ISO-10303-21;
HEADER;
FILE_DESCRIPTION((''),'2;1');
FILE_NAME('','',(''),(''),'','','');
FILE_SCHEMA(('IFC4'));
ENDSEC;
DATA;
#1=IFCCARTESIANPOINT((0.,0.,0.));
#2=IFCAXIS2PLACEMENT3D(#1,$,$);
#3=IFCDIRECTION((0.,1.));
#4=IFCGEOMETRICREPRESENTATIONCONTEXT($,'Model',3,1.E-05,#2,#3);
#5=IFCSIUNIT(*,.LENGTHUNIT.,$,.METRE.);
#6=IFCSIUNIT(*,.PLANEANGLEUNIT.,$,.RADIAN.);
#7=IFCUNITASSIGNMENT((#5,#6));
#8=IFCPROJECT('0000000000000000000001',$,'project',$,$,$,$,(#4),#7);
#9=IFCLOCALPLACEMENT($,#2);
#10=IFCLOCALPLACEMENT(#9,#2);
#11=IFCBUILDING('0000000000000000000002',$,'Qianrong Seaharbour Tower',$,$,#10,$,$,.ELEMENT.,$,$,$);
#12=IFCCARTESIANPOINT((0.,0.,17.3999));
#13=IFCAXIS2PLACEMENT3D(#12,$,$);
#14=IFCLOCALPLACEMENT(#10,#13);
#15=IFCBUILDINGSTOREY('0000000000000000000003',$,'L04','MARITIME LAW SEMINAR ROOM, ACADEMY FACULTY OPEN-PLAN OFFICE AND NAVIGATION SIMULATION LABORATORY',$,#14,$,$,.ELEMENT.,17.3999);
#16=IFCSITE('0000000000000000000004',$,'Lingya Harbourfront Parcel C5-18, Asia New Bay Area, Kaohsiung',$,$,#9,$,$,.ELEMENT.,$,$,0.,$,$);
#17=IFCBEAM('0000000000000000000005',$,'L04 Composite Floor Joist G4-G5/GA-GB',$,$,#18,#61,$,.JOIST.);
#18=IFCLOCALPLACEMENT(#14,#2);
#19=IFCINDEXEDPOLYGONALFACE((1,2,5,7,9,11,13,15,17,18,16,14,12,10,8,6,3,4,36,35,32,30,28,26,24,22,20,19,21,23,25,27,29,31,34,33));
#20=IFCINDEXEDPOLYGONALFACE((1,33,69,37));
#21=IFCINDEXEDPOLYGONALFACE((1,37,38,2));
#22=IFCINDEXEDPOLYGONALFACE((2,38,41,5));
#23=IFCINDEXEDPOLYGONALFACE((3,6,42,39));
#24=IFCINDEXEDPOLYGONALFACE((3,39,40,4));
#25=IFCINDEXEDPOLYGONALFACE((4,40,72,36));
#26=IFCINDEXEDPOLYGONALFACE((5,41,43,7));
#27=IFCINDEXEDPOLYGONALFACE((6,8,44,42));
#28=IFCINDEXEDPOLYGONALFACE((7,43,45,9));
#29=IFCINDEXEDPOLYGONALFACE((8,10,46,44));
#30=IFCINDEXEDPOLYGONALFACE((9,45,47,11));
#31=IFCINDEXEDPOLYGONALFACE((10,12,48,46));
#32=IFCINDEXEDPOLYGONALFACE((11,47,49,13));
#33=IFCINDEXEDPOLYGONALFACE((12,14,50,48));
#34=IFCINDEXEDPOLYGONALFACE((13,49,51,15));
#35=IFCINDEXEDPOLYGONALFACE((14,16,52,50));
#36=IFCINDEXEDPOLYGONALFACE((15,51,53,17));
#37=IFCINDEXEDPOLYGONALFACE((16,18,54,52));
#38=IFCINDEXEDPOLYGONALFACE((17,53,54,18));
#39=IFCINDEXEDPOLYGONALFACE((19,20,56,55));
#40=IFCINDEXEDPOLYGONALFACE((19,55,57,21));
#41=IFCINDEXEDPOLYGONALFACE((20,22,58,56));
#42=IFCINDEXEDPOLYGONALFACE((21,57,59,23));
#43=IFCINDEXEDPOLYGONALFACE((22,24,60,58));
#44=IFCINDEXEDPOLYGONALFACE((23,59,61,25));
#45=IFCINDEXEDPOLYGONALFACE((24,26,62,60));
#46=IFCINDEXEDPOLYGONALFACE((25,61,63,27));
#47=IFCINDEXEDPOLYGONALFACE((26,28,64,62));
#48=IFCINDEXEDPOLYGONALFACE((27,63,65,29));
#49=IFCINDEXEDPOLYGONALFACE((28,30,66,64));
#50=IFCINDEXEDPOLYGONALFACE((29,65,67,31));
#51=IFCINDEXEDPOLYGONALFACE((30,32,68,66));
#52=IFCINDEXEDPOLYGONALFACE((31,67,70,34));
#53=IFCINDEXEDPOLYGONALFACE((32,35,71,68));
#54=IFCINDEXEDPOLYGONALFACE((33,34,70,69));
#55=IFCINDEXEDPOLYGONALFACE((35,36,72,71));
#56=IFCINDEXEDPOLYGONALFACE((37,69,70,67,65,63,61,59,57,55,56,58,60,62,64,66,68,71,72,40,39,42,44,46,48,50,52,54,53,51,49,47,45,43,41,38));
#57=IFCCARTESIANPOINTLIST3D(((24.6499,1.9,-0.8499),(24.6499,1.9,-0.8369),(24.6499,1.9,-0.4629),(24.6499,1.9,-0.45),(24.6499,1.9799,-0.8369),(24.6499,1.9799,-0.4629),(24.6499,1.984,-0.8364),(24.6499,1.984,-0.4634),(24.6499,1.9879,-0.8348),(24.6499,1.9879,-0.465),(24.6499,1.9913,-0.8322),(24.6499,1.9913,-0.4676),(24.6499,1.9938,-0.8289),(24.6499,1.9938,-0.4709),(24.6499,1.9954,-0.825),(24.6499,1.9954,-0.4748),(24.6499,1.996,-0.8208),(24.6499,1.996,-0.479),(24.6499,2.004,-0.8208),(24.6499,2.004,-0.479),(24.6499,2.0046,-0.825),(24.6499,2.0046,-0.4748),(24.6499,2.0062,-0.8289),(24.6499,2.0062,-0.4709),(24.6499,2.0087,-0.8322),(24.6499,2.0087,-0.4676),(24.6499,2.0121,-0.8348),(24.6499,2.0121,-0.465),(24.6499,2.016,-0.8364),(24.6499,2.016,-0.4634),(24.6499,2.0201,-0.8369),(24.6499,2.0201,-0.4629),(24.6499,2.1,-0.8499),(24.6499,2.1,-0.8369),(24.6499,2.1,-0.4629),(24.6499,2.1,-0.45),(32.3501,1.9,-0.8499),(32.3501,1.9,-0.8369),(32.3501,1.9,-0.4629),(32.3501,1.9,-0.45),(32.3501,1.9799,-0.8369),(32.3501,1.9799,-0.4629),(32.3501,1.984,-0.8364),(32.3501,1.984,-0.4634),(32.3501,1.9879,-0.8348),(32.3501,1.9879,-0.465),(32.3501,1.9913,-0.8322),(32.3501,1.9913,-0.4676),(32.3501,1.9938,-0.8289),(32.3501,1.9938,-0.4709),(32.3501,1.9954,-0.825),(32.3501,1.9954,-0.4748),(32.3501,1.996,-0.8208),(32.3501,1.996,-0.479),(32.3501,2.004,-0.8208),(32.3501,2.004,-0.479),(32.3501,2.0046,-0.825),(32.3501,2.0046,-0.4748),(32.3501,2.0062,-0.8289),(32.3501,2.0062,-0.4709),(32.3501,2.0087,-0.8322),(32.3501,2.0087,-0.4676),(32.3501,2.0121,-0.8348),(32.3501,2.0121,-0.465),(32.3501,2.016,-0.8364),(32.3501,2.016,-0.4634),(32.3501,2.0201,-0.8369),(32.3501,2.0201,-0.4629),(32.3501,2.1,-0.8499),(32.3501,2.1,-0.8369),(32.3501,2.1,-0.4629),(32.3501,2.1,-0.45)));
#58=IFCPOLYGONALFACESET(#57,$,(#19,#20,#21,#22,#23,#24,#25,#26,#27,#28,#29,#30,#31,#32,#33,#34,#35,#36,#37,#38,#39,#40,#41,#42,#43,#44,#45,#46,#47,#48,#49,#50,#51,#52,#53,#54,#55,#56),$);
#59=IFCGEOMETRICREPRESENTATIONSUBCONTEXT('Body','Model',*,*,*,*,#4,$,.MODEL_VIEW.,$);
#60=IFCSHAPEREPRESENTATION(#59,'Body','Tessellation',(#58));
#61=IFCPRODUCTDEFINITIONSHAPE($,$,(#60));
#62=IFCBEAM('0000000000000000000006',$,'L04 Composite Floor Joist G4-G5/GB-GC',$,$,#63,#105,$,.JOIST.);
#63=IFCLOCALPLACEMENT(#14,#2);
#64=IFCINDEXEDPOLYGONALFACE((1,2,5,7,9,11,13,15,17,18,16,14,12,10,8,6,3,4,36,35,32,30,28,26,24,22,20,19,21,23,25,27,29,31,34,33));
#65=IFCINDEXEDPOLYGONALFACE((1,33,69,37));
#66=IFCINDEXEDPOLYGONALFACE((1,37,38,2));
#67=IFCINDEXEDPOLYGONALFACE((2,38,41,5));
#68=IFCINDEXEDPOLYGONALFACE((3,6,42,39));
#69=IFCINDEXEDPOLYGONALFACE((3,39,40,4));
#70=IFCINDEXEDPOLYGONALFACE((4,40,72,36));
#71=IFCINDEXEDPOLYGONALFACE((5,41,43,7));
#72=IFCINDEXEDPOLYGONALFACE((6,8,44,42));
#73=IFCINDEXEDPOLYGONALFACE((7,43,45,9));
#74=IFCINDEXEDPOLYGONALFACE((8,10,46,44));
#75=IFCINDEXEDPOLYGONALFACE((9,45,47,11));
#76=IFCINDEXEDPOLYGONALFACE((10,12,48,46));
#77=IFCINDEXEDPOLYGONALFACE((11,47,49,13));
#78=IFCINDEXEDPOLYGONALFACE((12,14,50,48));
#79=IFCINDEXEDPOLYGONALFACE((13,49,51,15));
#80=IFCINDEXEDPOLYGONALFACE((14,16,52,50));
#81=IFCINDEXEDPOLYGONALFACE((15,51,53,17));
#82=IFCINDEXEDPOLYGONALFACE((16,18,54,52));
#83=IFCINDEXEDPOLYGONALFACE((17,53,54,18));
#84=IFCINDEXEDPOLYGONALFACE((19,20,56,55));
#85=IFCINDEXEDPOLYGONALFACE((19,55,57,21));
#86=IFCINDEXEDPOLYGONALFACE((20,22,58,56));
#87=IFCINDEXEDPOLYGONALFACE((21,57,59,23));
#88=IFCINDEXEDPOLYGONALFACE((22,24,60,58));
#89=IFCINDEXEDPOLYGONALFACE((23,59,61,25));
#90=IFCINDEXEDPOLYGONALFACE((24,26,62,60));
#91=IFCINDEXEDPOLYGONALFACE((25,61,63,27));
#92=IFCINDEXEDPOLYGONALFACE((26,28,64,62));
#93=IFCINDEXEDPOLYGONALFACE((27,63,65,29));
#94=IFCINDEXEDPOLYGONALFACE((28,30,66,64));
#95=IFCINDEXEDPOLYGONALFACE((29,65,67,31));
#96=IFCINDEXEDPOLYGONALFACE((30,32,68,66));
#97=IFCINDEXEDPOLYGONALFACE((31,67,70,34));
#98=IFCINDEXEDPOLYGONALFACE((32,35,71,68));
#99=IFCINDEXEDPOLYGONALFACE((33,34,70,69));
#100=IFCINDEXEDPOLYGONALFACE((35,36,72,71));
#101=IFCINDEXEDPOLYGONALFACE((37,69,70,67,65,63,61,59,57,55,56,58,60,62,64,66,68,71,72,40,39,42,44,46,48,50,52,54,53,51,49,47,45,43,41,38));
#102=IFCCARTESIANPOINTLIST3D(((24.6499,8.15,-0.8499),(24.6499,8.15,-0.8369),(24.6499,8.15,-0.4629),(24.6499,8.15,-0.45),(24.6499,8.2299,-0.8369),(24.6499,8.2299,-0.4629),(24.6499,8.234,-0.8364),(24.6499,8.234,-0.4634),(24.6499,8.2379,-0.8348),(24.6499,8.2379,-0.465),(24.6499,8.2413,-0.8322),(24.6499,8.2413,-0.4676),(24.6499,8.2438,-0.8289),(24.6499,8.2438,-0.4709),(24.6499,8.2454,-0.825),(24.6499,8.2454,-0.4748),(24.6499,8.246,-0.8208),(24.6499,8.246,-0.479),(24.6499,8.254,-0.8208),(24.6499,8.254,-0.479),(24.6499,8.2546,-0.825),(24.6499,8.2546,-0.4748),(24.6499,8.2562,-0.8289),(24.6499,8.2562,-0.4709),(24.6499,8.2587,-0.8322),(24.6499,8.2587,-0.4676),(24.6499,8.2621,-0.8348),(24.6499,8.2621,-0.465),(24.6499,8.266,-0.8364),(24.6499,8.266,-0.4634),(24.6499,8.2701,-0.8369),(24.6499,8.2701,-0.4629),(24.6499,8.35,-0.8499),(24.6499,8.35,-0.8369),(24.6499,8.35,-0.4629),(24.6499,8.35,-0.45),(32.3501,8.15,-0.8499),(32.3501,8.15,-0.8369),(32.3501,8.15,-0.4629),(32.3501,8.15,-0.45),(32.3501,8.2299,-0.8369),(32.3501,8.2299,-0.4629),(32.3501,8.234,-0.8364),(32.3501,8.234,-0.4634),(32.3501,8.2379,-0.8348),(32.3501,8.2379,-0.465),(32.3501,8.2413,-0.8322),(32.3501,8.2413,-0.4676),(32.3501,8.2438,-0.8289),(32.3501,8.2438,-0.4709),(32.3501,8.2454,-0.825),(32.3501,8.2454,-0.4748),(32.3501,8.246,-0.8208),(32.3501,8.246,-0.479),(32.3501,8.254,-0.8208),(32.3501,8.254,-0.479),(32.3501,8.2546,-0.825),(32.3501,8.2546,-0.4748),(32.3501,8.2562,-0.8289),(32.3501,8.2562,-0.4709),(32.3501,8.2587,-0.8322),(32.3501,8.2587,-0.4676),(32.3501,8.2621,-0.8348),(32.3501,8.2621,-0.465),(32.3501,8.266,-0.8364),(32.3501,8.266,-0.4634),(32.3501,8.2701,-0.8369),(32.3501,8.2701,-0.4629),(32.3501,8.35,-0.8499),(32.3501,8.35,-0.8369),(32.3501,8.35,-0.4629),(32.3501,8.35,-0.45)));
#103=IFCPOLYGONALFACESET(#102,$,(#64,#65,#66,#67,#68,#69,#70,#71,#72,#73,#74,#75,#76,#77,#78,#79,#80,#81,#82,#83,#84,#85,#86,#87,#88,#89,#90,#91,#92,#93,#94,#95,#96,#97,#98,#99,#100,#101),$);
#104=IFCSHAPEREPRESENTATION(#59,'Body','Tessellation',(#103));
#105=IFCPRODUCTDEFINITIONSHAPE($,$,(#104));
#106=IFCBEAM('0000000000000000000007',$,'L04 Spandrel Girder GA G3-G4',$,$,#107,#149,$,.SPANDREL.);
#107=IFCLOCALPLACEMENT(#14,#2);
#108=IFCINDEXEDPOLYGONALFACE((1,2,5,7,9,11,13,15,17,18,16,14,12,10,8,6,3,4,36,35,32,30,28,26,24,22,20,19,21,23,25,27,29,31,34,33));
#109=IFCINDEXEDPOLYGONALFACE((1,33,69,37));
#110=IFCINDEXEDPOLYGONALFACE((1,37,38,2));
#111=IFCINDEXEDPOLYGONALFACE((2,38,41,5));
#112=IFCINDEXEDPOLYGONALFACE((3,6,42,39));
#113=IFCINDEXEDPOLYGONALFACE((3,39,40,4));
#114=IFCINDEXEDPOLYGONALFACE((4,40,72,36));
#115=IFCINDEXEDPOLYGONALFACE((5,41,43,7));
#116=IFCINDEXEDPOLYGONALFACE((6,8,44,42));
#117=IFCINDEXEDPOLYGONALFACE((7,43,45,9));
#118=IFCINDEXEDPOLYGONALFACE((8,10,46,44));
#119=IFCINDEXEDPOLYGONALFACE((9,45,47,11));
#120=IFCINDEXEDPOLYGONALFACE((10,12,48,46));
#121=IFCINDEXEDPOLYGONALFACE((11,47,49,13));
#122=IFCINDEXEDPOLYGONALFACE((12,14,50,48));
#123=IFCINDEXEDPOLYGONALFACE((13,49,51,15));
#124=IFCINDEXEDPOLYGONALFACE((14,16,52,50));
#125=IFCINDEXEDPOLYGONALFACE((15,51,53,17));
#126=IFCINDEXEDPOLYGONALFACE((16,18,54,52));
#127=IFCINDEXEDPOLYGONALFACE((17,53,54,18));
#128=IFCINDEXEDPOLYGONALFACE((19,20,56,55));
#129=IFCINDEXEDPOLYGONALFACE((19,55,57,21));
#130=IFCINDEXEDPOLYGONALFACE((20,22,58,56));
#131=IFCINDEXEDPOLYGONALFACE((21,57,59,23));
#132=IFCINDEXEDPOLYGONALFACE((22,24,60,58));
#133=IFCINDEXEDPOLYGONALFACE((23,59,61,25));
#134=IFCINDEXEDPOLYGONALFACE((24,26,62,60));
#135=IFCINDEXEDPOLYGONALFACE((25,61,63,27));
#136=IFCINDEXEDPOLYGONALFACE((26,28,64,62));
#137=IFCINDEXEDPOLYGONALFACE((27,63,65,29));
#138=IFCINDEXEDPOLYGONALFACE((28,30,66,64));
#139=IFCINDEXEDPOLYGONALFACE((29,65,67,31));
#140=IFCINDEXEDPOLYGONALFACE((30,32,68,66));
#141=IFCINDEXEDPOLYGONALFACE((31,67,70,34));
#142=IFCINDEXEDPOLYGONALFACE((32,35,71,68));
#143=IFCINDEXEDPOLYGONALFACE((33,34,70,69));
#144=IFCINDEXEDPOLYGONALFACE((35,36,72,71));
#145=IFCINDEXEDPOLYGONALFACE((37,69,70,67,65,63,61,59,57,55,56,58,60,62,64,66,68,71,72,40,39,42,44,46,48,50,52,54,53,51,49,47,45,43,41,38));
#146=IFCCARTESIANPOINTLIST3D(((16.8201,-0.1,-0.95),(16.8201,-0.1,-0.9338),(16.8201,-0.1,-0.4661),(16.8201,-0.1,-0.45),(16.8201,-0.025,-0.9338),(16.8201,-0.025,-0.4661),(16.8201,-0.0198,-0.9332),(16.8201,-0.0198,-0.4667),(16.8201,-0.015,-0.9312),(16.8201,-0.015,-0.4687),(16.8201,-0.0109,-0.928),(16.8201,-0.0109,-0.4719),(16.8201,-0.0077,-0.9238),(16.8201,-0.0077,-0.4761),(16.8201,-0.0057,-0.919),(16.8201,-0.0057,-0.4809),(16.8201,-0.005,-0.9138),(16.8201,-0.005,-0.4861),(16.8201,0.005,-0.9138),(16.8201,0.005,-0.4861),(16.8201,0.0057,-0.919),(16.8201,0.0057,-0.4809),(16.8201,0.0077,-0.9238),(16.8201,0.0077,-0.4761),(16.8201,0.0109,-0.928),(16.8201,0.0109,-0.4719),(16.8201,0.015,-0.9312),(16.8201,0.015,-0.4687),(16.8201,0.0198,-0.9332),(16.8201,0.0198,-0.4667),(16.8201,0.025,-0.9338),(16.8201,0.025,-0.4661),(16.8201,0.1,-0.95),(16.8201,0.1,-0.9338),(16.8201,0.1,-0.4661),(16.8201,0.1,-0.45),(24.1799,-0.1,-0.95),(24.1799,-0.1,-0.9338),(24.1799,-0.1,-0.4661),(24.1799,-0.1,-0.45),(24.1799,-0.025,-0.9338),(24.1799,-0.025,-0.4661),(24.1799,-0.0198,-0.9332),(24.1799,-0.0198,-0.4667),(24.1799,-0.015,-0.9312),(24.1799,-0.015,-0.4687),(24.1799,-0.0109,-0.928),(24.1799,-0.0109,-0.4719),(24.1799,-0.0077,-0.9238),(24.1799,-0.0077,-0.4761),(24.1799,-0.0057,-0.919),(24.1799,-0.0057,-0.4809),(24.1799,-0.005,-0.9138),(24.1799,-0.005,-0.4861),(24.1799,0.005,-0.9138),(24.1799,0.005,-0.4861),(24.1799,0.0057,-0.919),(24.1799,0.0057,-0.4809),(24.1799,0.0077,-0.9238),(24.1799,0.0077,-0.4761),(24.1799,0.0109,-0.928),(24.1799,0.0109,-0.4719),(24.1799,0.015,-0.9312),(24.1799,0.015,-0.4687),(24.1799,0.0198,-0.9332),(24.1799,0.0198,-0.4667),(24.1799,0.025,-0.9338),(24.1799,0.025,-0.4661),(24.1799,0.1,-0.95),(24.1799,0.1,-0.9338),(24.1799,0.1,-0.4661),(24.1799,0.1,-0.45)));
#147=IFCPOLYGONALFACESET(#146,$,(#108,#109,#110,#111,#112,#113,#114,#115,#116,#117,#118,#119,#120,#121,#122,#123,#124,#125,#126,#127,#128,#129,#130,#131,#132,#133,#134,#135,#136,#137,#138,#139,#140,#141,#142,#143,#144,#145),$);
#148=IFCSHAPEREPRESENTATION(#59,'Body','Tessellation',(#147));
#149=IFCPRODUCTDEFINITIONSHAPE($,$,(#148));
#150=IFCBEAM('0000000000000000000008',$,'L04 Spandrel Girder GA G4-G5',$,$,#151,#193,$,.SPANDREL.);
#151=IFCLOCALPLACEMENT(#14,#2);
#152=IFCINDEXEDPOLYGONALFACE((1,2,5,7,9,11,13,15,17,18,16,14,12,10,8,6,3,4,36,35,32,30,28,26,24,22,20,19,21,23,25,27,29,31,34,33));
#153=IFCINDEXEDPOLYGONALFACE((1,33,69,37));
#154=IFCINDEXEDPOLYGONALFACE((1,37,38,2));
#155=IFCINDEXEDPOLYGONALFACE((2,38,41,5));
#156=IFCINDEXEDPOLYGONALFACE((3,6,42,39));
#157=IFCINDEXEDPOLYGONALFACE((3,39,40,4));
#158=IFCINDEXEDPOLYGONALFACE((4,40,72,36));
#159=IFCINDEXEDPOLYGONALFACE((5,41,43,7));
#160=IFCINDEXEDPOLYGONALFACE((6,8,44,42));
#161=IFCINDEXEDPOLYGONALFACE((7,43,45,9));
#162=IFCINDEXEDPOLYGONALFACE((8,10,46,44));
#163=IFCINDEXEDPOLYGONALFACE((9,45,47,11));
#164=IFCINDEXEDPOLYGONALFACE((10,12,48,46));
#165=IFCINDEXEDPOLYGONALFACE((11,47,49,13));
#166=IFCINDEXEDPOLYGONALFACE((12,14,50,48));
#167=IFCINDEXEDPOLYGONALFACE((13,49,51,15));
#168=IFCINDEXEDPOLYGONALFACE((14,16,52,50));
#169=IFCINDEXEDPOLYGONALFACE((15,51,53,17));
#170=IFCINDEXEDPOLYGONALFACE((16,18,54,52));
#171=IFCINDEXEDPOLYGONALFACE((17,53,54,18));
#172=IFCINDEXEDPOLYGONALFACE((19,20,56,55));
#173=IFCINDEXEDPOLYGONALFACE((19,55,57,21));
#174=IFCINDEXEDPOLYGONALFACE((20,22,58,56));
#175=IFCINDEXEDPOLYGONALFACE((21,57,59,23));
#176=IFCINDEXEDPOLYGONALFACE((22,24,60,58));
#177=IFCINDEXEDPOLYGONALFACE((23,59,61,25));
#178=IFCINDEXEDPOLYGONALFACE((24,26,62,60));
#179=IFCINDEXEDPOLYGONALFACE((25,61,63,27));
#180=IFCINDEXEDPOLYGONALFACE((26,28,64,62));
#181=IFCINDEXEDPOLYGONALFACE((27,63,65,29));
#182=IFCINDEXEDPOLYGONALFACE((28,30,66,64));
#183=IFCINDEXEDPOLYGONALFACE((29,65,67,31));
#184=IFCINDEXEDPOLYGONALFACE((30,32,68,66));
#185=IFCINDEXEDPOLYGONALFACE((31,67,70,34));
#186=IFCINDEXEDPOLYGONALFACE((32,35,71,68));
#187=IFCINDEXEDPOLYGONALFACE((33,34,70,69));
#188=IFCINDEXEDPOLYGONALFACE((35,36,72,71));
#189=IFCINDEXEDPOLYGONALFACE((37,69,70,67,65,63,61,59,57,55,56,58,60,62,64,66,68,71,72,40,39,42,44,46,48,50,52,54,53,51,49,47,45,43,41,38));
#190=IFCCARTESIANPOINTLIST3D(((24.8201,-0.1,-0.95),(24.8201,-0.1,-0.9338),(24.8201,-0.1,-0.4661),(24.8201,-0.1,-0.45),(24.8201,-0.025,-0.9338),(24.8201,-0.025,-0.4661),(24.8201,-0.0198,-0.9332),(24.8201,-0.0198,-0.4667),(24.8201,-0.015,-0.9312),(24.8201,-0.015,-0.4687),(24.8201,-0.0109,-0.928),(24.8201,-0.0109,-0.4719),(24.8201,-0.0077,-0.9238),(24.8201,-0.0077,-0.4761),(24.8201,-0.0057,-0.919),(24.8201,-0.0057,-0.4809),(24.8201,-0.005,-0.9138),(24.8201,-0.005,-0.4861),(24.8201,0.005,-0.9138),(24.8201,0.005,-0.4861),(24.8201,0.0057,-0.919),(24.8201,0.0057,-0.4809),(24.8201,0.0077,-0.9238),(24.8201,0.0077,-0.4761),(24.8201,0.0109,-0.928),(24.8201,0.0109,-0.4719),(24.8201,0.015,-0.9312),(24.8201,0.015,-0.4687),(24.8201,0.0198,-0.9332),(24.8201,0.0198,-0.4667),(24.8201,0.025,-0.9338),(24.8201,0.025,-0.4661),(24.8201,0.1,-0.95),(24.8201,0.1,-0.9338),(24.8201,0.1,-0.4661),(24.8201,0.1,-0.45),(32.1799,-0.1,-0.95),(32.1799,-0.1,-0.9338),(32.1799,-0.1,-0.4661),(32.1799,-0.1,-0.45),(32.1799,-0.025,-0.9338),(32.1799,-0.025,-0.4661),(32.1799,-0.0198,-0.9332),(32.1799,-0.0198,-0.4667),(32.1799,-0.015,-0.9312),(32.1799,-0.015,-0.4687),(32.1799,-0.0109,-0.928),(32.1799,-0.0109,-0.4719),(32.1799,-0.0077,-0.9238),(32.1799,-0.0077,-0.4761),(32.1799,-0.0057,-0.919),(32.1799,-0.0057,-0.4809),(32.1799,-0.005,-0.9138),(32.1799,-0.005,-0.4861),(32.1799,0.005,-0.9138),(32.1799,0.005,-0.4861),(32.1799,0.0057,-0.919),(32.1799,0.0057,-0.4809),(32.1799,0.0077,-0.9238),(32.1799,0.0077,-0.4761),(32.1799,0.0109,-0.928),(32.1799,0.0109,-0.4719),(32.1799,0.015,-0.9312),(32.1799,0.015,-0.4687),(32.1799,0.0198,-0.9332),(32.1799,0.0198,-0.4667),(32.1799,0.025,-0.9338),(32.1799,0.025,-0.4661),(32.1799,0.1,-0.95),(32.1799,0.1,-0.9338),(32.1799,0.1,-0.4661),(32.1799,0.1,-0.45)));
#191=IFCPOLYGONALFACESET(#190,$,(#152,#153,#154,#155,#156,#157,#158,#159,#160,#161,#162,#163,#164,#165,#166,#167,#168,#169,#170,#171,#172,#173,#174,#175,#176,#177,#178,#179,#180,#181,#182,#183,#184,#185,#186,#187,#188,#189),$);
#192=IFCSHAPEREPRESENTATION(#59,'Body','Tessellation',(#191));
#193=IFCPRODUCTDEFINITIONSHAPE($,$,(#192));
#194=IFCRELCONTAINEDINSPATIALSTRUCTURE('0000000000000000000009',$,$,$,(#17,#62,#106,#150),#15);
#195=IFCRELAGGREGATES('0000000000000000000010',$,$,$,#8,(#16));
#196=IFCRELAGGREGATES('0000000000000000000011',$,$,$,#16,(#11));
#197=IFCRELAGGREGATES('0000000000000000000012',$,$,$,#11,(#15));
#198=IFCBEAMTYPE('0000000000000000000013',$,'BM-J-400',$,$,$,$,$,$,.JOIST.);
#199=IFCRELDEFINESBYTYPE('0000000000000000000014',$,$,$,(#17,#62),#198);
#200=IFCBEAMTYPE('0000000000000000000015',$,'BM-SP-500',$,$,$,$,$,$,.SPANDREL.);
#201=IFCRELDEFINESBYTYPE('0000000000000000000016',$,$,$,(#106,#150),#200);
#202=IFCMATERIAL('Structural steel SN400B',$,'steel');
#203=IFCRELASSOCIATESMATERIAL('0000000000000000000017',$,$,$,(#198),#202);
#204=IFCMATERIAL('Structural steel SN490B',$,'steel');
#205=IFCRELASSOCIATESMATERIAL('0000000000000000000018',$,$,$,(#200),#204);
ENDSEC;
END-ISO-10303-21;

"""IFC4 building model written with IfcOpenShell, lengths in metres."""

from ifc_helpers import new_model, si_unit, direction, frame, origin, origin_2d, place, context, subcontext, project, spatial, i_section, extrude, material, material_profile, profile_set, type_object, element, save


model = new_model("IFC4")

# Units and contexts
model_context = context("Model", 3, precision=1e-05, world=origin(), true_north=direction((0.0, 1.0)))
body_context = subcontext(model_context, "Body", "Model", "MODEL_VIEW")
ifc_project = project(units=[si_unit("LENGTHUNIT", "METRE"), si_unit("PLANEANGLEUNIT", "RADIAN")], contexts=[model_context])

# Site, building, storey
site_placement = place(None, origin())
site = spatial("IfcSite", under=ifc_project, at=site_placement, Name="Lingya Harbourfront Parcel C5-18, Asia New Bay Area, Kaohsiung", CompositionType="ELEMENT", RefElevation=0.0)
building_placement = place(site_placement, origin())
building = spatial("IfcBuilding", under=site, at=building_placement, Name="Qianrong Seaharbour Tower", CompositionType="ELEMENT")
storey_placement = place(building_placement, frame((0.0, 0.0, 17.3999)))
storey = spatial("IfcBuildingStorey", under=building, at=storey_placement, Name="L04", Description="MARITIME LAW SEMINAR ROOM, ACADEMY FACULTY OPEN-PLAN OFFICE AND NAVIGATION SIMULATION LABORATORY", CompositionType="ELEMENT", Elevation=17.3999)

# Beams
ifc_material_1 = material(Name="Structural steel SN490B", Category="steel")
ifc_material_2 = material(Name="Structural steel SN400B", Category="steel")
ifc_material_profile_1 = material_profile(ifc_material_2, i_section(OverallWidth=0.2, OverallDepth=0.3999, WebThickness=0.0081, FlangeThickness=0.0129, FilletRadius=0.0161, at=origin_2d()), Name="H400x200x8x13")
ifc_profile_set_1 = profile_set([ifc_material_profile_1], Name="Structural steel SN400B")
beam_type_1 = type_object("IfcBeamType", Name="BM-J-400", PredefinedType="JOIST", material=ifc_profile_set_1)
for number, where, z_axis, x_axis, name in (
    (1, (24.6499, 2.0, -0.6499), (1.0, 0.0, 0.0), (0.0, 1.0, 0.0), "L04 Composite Floor Joist G4-G5/GA-GB"),
    (2, (24.6499, 8.25, -0.6499), (1.0, 0.0, 0.0), (0.0, 1.0, 0.0), "L04 Composite Floor Joist G4-G5/GB-GC"),
):
    element("IfcBeam", number, at=place(storey_placement, frame(where, z_axis=z_axis, x_axis=x_axis)), inside=storey, type_object=beam_type_1, Name=name, PredefinedType="JOIST", context=body_context, shape_type="SweptSolid", body=[
        extrude(i_section(OverallWidth=0.2, OverallDepth=0.3999, WebThickness=0.0081, FlangeThickness=0.0129, FilletRadius=0.0161, at=origin_2d()), origin(), (0.0, 0.0, 1.0), 7.7002),
    ])
ifc_material_profile_2 = material_profile(ifc_material_1, i_section(OverallWidth=0.2, OverallDepth=0.5, WebThickness=0.01, FlangeThickness=0.0161, FilletRadius=0.02, at=origin_2d()), Name="H500x200x10x16")
ifc_profile_set_2 = profile_set([ifc_material_profile_2], Name="Structural steel SN490B")
beam_type_2 = type_object("IfcBeamType", Name="BM-SP-500", PredefinedType="SPANDREL", material=ifc_profile_set_2)
for number, where, z_axis, x_axis, name in (
    (3, (16.8201, 0.0, -0.7), (1.0, 0.0, 0.0), (0.0, 1.0, 0.0), "L04 Spandrel Girder GA G3-G4"),
    (4, (24.8201, 0.0, -0.7), (1.0, 0.0, 0.0), (0.0, 1.0, 0.0), "L04 Spandrel Girder GA G4-G5"),
):
    element("IfcBeam", number, at=place(storey_placement, frame(where, z_axis=z_axis, x_axis=x_axis)), inside=storey, type_object=beam_type_2, Name=name, PredefinedType="SPANDREL", context=body_context, shape_type="SweptSolid", body=[
        extrude(i_section(OverallWidth=0.2, OverallDepth=0.5, WebThickness=0.01, FlangeThickness=0.0161, FilletRadius=0.02, at=origin_2d()), origin(), (0.0, 0.0, 1.0), 7.3599),
    ])

save(model, "model.ifc")
